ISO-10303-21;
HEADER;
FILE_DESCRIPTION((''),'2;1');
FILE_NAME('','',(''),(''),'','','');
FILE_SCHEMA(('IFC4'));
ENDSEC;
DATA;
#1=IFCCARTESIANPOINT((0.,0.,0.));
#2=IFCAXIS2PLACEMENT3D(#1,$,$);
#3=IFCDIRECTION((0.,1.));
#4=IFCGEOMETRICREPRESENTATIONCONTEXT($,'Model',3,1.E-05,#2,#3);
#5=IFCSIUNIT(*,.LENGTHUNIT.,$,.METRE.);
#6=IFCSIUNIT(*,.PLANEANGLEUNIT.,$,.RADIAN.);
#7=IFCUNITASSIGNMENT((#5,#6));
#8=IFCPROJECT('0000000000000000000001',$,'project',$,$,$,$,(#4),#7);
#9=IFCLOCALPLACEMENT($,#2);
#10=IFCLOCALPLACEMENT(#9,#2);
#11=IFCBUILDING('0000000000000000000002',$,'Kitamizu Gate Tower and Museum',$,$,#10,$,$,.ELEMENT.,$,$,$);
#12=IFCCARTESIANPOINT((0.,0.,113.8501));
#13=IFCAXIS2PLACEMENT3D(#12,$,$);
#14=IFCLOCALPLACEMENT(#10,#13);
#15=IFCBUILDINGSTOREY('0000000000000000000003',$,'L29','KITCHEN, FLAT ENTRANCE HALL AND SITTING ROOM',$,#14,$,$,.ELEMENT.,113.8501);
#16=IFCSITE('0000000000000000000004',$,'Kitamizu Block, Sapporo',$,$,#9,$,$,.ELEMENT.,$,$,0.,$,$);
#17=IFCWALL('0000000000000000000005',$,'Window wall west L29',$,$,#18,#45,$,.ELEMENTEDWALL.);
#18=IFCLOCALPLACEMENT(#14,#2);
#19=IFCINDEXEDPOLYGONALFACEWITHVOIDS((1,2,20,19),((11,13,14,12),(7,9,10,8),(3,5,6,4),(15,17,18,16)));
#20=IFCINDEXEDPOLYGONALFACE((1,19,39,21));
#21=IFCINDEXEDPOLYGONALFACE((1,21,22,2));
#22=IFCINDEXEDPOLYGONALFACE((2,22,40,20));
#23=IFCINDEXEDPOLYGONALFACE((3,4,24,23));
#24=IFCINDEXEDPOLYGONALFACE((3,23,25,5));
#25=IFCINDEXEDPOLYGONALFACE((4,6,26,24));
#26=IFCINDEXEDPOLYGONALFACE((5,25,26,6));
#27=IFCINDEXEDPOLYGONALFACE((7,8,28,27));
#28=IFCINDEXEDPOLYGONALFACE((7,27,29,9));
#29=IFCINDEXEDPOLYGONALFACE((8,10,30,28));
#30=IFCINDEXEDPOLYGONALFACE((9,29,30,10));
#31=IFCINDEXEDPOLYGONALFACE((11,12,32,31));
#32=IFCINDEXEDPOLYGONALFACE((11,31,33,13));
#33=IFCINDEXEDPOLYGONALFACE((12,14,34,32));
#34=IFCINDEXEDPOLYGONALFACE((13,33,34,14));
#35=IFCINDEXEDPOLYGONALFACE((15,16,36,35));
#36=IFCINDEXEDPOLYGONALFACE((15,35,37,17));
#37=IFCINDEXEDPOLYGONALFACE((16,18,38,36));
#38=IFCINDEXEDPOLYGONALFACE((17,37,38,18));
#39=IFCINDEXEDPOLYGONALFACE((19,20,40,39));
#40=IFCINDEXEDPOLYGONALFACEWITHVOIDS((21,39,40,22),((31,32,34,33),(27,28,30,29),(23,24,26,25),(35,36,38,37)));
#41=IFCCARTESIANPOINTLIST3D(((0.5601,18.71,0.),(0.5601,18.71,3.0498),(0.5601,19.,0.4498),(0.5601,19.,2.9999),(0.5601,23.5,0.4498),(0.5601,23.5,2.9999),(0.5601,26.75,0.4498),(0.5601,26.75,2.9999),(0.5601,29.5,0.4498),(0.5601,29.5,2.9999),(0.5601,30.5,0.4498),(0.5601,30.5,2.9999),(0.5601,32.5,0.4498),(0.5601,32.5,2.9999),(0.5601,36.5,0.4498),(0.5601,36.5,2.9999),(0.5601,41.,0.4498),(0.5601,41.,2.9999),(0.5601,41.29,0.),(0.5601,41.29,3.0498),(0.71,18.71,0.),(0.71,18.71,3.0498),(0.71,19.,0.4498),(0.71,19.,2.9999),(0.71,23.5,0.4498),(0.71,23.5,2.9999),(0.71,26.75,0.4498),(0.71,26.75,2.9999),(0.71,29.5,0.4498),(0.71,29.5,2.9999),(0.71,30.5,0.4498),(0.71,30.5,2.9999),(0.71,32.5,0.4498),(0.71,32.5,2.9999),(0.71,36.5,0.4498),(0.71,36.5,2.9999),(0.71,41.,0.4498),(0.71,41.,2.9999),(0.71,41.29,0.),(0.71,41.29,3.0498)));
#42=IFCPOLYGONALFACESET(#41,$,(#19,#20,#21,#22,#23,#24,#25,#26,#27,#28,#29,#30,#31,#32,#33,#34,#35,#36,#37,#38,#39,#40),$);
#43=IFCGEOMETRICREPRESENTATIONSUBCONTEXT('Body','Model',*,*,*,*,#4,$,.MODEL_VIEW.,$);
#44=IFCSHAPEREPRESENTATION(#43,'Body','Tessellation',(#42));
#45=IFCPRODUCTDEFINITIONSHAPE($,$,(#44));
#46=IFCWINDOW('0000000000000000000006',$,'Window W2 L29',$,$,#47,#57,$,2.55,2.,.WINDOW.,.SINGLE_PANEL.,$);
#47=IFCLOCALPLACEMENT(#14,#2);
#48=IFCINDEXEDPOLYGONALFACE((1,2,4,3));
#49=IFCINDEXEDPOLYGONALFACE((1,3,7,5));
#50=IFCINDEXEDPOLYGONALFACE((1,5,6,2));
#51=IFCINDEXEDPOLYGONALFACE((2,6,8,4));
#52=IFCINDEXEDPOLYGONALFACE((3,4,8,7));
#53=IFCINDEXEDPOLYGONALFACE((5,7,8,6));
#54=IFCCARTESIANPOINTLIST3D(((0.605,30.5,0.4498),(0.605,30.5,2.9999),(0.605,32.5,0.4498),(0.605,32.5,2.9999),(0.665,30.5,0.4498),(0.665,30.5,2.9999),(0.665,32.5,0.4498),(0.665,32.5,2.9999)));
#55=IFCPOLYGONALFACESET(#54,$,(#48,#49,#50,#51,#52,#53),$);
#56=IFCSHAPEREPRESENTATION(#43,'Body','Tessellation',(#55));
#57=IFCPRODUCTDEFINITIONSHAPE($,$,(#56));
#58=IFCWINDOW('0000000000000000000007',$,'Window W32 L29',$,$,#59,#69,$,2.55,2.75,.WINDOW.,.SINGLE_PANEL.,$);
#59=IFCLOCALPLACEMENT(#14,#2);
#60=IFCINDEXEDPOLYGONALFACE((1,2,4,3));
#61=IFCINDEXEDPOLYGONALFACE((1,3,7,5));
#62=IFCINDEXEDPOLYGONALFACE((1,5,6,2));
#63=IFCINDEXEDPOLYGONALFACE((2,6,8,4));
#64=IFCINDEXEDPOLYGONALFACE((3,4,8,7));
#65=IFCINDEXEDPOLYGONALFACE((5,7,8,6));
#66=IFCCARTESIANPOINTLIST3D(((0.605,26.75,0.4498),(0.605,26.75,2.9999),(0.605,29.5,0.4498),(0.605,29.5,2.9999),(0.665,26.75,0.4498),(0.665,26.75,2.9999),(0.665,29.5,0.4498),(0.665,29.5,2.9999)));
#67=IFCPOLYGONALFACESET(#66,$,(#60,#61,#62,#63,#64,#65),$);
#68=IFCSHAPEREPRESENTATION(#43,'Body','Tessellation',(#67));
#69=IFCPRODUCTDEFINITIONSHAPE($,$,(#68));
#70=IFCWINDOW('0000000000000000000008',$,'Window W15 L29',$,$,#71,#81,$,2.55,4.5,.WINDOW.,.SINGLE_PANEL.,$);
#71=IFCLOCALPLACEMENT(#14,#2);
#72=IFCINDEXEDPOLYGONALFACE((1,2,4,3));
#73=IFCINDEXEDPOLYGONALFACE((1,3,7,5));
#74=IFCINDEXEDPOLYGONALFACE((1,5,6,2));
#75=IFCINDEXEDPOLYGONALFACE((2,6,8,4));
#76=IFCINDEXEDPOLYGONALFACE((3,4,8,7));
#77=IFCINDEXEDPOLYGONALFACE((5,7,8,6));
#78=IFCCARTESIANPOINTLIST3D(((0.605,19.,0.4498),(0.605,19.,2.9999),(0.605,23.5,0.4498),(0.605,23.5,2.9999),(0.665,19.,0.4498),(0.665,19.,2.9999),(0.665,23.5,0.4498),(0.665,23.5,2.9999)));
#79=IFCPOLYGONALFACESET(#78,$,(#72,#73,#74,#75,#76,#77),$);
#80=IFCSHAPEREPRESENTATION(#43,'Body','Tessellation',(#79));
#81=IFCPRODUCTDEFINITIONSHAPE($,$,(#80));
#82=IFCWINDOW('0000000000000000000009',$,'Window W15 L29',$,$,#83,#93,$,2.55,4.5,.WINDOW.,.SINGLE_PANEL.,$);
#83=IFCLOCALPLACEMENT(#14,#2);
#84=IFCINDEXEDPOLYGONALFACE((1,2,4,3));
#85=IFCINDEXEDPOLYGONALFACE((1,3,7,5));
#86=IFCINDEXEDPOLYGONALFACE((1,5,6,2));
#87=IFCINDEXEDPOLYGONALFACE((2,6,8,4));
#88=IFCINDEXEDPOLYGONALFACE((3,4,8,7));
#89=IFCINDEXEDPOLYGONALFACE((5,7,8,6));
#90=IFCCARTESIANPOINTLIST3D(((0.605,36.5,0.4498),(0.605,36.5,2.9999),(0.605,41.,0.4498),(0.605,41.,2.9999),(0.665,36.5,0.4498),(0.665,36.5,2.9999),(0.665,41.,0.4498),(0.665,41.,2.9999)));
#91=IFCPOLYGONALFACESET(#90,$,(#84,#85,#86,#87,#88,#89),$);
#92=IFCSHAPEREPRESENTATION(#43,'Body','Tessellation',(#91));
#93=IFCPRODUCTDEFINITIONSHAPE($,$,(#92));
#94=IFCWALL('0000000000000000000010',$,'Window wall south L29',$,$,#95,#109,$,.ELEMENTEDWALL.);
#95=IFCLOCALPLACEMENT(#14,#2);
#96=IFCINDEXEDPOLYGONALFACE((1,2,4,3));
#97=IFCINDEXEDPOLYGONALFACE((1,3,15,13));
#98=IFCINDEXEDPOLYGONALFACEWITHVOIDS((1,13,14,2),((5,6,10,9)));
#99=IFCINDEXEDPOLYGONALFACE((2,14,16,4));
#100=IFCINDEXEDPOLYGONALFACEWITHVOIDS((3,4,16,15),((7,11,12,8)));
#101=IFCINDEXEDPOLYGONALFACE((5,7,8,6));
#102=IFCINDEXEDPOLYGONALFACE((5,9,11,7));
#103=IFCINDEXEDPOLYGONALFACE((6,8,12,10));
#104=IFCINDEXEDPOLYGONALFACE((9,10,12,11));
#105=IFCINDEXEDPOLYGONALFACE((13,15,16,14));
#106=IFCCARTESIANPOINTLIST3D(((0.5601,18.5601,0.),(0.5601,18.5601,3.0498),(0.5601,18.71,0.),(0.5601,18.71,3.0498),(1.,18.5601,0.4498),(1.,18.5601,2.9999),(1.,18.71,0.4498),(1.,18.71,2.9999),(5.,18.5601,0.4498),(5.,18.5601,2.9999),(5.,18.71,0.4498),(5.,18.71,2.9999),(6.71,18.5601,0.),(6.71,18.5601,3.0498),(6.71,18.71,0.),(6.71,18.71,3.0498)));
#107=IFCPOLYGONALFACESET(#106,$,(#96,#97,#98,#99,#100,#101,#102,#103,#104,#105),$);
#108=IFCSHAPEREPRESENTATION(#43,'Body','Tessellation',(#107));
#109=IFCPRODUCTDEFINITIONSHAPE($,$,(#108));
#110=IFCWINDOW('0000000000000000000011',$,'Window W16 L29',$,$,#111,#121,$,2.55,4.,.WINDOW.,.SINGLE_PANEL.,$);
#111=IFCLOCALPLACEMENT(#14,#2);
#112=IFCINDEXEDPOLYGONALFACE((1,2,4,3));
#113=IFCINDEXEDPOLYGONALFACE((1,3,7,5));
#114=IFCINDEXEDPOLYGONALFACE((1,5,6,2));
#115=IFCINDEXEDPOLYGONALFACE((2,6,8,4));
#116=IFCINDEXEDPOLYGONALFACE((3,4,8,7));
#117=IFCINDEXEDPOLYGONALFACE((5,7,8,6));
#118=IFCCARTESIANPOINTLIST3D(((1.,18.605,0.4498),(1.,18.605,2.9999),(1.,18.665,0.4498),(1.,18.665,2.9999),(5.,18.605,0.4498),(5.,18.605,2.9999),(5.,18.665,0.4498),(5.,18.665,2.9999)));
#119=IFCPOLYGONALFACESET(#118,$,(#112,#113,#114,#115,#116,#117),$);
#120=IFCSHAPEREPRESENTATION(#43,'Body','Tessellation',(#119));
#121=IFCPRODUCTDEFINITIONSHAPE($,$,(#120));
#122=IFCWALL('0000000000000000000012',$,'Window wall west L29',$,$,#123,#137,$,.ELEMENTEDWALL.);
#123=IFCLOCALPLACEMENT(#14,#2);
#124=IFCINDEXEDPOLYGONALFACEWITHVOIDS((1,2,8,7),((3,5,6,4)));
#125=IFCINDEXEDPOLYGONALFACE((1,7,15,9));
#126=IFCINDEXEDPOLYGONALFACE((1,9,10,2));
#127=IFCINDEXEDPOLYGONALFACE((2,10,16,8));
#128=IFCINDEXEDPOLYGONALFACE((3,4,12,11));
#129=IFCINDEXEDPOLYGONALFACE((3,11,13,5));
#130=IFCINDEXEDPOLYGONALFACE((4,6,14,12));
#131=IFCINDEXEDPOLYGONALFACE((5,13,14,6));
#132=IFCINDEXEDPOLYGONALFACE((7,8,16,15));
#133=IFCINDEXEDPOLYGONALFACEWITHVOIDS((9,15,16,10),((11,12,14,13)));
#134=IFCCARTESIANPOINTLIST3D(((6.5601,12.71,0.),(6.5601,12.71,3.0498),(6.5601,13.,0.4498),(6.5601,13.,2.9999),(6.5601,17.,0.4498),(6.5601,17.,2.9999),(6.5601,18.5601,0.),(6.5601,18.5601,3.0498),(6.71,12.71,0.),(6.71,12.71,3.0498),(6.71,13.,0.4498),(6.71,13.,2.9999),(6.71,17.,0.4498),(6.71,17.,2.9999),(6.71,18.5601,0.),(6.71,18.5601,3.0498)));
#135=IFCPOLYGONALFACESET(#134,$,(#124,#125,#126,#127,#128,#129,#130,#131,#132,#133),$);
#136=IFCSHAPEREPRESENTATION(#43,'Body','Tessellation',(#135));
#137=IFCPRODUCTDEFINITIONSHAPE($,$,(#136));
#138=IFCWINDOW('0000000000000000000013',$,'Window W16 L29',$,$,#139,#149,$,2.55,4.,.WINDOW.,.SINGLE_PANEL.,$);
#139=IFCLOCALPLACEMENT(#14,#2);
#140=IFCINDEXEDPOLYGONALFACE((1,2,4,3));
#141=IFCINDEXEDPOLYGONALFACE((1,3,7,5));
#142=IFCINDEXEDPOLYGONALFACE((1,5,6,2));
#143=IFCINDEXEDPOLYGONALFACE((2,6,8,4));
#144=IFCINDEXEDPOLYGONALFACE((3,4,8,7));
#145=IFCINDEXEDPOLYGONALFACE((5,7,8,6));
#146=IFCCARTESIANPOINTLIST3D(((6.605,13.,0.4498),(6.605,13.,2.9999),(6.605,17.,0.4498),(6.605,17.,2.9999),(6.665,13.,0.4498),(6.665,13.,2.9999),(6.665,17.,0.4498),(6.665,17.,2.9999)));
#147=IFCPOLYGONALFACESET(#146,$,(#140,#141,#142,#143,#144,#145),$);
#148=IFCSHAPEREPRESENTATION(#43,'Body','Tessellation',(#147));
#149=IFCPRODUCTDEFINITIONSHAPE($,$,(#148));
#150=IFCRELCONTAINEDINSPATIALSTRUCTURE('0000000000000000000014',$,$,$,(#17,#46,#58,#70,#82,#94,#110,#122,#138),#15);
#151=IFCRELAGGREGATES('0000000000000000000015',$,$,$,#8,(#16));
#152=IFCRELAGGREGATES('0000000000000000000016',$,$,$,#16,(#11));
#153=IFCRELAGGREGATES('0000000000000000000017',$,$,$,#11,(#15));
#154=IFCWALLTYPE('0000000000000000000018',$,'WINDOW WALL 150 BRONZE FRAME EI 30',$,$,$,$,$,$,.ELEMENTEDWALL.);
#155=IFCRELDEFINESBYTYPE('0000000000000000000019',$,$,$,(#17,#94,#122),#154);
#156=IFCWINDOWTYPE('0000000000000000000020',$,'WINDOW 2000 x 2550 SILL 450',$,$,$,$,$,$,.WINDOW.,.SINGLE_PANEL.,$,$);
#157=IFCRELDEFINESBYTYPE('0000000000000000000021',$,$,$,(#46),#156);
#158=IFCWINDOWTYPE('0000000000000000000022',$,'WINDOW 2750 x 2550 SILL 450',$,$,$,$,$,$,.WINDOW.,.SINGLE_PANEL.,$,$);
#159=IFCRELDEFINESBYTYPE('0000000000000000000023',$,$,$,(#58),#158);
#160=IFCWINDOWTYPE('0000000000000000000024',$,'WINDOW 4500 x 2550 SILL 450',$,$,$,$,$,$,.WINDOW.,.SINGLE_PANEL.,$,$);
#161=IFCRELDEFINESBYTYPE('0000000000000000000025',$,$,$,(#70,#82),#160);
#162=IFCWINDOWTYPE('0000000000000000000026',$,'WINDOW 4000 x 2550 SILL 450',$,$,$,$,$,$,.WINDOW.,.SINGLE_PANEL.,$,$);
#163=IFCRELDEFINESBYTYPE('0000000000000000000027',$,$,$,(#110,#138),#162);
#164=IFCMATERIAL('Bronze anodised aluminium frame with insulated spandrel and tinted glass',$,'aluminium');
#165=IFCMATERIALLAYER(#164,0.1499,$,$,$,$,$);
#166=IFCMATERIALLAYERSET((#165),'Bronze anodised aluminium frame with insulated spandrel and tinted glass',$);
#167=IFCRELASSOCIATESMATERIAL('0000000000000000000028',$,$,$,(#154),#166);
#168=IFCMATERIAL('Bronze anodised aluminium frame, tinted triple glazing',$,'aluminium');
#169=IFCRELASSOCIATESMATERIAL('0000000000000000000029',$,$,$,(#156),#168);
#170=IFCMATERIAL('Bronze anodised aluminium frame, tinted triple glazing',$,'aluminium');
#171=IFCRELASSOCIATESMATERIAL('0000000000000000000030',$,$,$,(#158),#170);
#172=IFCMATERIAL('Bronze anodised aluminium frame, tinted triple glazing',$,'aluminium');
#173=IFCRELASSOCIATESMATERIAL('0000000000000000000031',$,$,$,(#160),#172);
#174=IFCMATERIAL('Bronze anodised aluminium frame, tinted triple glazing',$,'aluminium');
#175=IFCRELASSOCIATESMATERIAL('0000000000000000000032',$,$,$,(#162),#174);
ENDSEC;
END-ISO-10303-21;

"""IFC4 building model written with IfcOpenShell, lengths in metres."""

from ifc_helpers import new_model, si_unit, direction, frame, frame_2d, origin, place, context, subcontext, project, spatial, rectangle, extrude, material, layer, layer_set, type_object, element, fill, save


model = new_model("IFC4")

# Units and contexts
model_context = context("Model", 3, precision=1e-05, world=origin(), true_north=direction((0.0, 1.0)))
body_context = subcontext(model_context, "Body", "Model", "MODEL_VIEW")
ifc_project = project(units=[si_unit("LENGTHUNIT", "METRE"), si_unit("PLANEANGLEUNIT", "RADIAN")], contexts=[model_context])

# Site, building, storey
site_placement = place(None, origin())
site = spatial("IfcSite", under=ifc_project, at=site_placement, Name="Kitamizu Block, Sapporo", CompositionType="ELEMENT", RefElevation=0.0)
building_placement = place(site_placement, origin())
building = spatial("IfcBuilding", under=site, at=building_placement, Name="Kitamizu Gate Tower and Museum", CompositionType="ELEMENT")
storey_placement = place(building_placement, frame((0.0, 0.0, 113.8501)))
storey = spatial("IfcBuildingStorey", under=building, at=storey_placement, Name="L29", Description="KITCHEN, FLAT ENTRANCE HALL AND SITTING ROOM", CompositionType="ELEMENT", Elevation=113.8501)

# Wall, openings, windows
ifc_material_1 = material(Name="Bronze anodised aluminium frame with insulated spandrel and tinted glass", Category="aluminium")
ifc_layer = layer(ifc_material_1, 0.1499)
ifc_layer_set = layer_set([ifc_layer], Name="Bronze anodised aluminium frame with insulated spandrel and tinted glass")
wall_type = type_object("IfcWallType", Name="WINDOW WALL 150 BRONZE FRAME EI 30", PredefinedType="ELEMENTEDWALL", material=ifc_layer_set)
ifc_material_2 = material(Name="Bronze anodised aluminium frame, tinted triple glazing", Category="aluminium")
window_type_1 = type_object("IfcWindowType", Name="WINDOW 2000 x 2550 SILL 450", PartitioningType="SINGLE_PANEL", PredefinedType="WINDOW", material=ifc_material_2)
ifc_material_3 = material(Name="Bronze anodised aluminium frame, tinted triple glazing", Category="aluminium")
window_type_2 = type_object("IfcWindowType", Name="WINDOW 2750 x 2550 SILL 450", PartitioningType="SINGLE_PANEL", PredefinedType="WINDOW", material=ifc_material_3)
ifc_material_4 = material(Name="Bronze anodised aluminium frame, tinted triple glazing", Category="aluminium")
window_type_3 = type_object("IfcWindowType", Name="WINDOW 4500 x 2550 SILL 450", PartitioningType="SINGLE_PANEL", PredefinedType="WINDOW", material=ifc_material_4)
wall_1_placement = place(storey_placement, frame((0.635, 18.71, 0.0), z_axis=(0.0, 0.0, 1.0), x_axis=(0.0, 1.0, 0.0)))
wall_1 = element("IfcWall", 1, at=wall_1_placement, inside=storey, type_object=wall_type, Name="Window wall west L29", PredefinedType="ELEMENTEDWALL", context=body_context, shape_type="SweptSolid", body=[
    extrude(rectangle(XDim=22.5801, YDim=0.1499, at=frame_2d((11.29, 0.0))), origin(), (0.0, 0.0, 1.0), 3.0498),
])
opening_1_placement = place(wall_1_placement, frame((0.29, 0.0, 0.45)))
opening_1 = element("IfcOpeningElement", 2, at=opening_1_placement, cuts=wall_1, PredefinedType="OPENING", context=body_context, shape_type="SweptSolid", body=[
    extrude(rectangle(XDim=4.5, YDim=2.55, at=frame_2d((2.25, 1.2749))), frame((0.0, 0.085, 0.0), z_axis=(0.0, -1.0, 0.0), x_axis=(1.0, 0.0, 0.0)), (0.0, 0.0, 1.0), 0.1699),
])
opening_2_placement = place(wall_1_placement, frame((8.04, 0.0, 0.45)))
opening_2 = element("IfcOpeningElement", 3, at=opening_2_placement, cuts=wall_1, PredefinedType="OPENING", context=body_context, shape_type="SweptSolid", body=[
    extrude(rectangle(XDim=2.75, YDim=2.55, at=frame_2d((1.375, 1.2749))), frame((0.0, 0.085, 0.0), z_axis=(0.0, -1.0, 0.0), x_axis=(1.0, 0.0, 0.0)), (0.0, 0.0, 1.0), 0.1699),
])
opening_3_placement = place(wall_1_placement, frame((11.79, 0.0, 0.45)))
opening_3 = element("IfcOpeningElement", 4, at=opening_3_placement, cuts=wall_1, PredefinedType="OPENING", context=body_context, shape_type="SweptSolid", body=[
    extrude(rectangle(XDim=2.0, YDim=2.55, at=frame_2d((1.0, 1.2749))), frame((0.0, 0.085, 0.0), z_axis=(0.0, -1.0, 0.0), x_axis=(1.0, 0.0, 0.0)), (0.0, 0.0, 1.0), 0.1699),
])
opening_4_placement = place(wall_1_placement, frame((17.79, 0.0, 0.45)))
opening_4 = element("IfcOpeningElement", 5, at=opening_4_placement, cuts=wall_1, PredefinedType="OPENING", context=body_context, shape_type="SweptSolid", body=[
    extrude(rectangle(XDim=4.5, YDim=2.55, at=frame_2d((2.25, 1.2749))), frame((0.0, 0.085, 0.0), z_axis=(0.0, -1.0, 0.0), x_axis=(1.0, 0.0, 0.0)), (0.0, 0.0, 1.0), 0.1699),
])
window_1_placement = place(opening_3_placement, origin())
window_1 = element("IfcWindow", 6, at=window_1_placement, inside=storey, type_object=window_type_1, Name="Window W2 L29", OverallHeight=2.55, OverallWidth=2.0, PartitioningType="SINGLE_PANEL", PredefinedType="WINDOW", context=body_context, shape_type="SweptSolid", body=[
    extrude(rectangle(XDim=2.0, YDim=2.55, at=frame_2d((1.0, 1.2749))), frame((0.0, 0.03, 0.0), z_axis=(0.0, -1.0, 0.0), x_axis=(1.0, 0.0, 0.0)), (0.0, 0.0, 1.0), 0.0601),
])
fill(opening_3, window_1)
window_2_placement = place(opening_2_placement, origin())
window_2 = element("IfcWindow", 7, at=window_2_placement, inside=storey, type_object=window_type_2, Name="Window W32 L29", OverallHeight=2.55, OverallWidth=2.75, PartitioningType="SINGLE_PANEL", PredefinedType="WINDOW", context=body_context, shape_type="SweptSolid", body=[
    extrude(rectangle(XDim=2.75, YDim=2.55, at=frame_2d((1.375, 1.2749))), frame((0.0, 0.03, 0.0), z_axis=(0.0, -1.0, 0.0), x_axis=(1.0, 0.0, 0.0)), (0.0, 0.0, 1.0), 0.0601),
])
fill(opening_2, window_2)
window_3_placement = place(opening_1_placement, origin())
window_3 = element("IfcWindow", 8, at=window_3_placement, inside=storey, type_object=window_type_3, Name="Window W15 L29", OverallHeight=2.55, OverallWidth=4.5, PartitioningType="SINGLE_PANEL", PredefinedType="WINDOW", context=body_context, shape_type="SweptSolid", body=[
    extrude(rectangle(XDim=4.5, YDim=2.55, at=frame_2d((2.25, 1.2749))), frame((0.0, 0.03, 0.0), z_axis=(0.0, -1.0, 0.0), x_axis=(1.0, 0.0, 0.0)), (0.0, 0.0, 1.0), 0.0601),
])
fill(opening_1, window_3)
window_4_placement = place(opening_4_placement, origin())
window_4 = element("IfcWindow", 9, at=window_4_placement, inside=storey, type_object=window_type_3, Name="Window W15 L29", OverallHeight=2.55, OverallWidth=4.5, PartitioningType="SINGLE_PANEL", PredefinedType="WINDOW", context=body_context, shape_type="SweptSolid", body=[
    extrude(rectangle(XDim=4.5, YDim=2.55, at=frame_2d((2.25, 1.2749))), frame((0.0, 0.03, 0.0), z_axis=(0.0, -1.0, 0.0), x_axis=(1.0, 0.0, 0.0)), (0.0, 0.0, 1.0), 0.0601),
])
fill(opening_4, window_4)

# Walls, openings, windows
wall_2_placement = place(storey_placement, frame((0.5601, 18.635, 0.0), z_axis=(0.0, 0.0, 1.0), x_axis=(1.0, 0.0, 0.0)))
wall_2 = element("IfcWall", 10, at=wall_2_placement, inside=storey, type_object=wall_type, Name="Window wall south L29", PredefinedType="ELEMENTEDWALL", context=body_context, shape_type="SweptSolid", body=[
    extrude(rectangle(XDim=6.1499, YDim=0.1499, at=frame_2d((3.075, 0.0))), origin(), (0.0, 0.0, 1.0), 3.0498),
])
opening_5_placement = place(wall_2_placement, frame((0.4399, 0.0, 0.45)))
opening_5 = element("IfcOpeningElement", 11, at=opening_5_placement, cuts=wall_2, PredefinedType="OPENING", context=body_context, shape_type="SweptSolid", body=[
    extrude(rectangle(XDim=4.0, YDim=2.55, at=frame_2d((2.0, 1.2749))), frame((0.0, 0.085, 0.0), z_axis=(0.0, -1.0, 0.0), x_axis=(1.0, 0.0, 0.0)), (0.0, 0.0, 1.0), 0.1699),
])
ifc_material_5 = material(Name="Bronze anodised aluminium frame, tinted triple glazing", Category="aluminium")
window_type_4 = type_object("IfcWindowType", Name="WINDOW 4000 x 2550 SILL 450", PartitioningType="SINGLE_PANEL", PredefinedType="WINDOW", material=ifc_material_5)
window_5_placement = place(opening_5_placement, origin())
window_5 = element("IfcWindow", 12, at=window_5_placement, inside=storey, type_object=window_type_4, Name="Window W16 L29", OverallHeight=2.55, OverallWidth=4.0, PartitioningType="SINGLE_PANEL", PredefinedType="WINDOW", context=body_context, shape_type="SweptSolid", body=[
    extrude(rectangle(XDim=4.0, YDim=2.55, at=frame_2d((2.0, 1.2749))), frame((0.0, 0.03, 0.0), z_axis=(0.0, -1.0, 0.0), x_axis=(1.0, 0.0, 0.0)), (0.0, 0.0, 1.0), 0.0601),
])
fill(opening_5, window_5)
wall_3_placement = place(storey_placement, frame((6.635, 12.71, 0.0), z_axis=(0.0, 0.0, 1.0), x_axis=(0.0, 1.0, 0.0)))
wall_3 = element("IfcWall", 13, at=wall_3_placement, inside=storey, type_object=wall_type, Name="Window wall west L29", PredefinedType="ELEMENTEDWALL", context=body_context, shape_type="SweptSolid", body=[
    extrude(rectangle(XDim=5.8501, YDim=0.1499, at=frame_2d((2.925, 0.0))), origin(), (0.0, 0.0, 1.0), 3.0498),
])
opening_6_placement = place(wall_3_placement, frame((0.29, 0.0, 0.45)))
opening_6 = element("IfcOpeningElement", 14, at=opening_6_placement, cuts=wall_3, PredefinedType="OPENING", context=body_context, shape_type="SweptSolid", body=[
    extrude(rectangle(XDim=4.0, YDim=2.55, at=frame_2d((2.0, 1.2749))), frame((0.0, 0.085, 0.0), z_axis=(0.0, -1.0, 0.0), x_axis=(1.0, 0.0, 0.0)), (0.0, 0.0, 1.0), 0.1699),
])
window_6_placement = place(opening_6_placement, origin())
window_6 = element("IfcWindow", 15, at=window_6_placement, inside=storey, type_object=window_type_4, Name="Window W16 L29", OverallHeight=2.55, OverallWidth=4.0, PartitioningType="SINGLE_PANEL", PredefinedType="WINDOW", context=body_context, shape_type="SweptSolid", body=[
    extrude(rectangle(XDim=4.0, YDim=2.55, at=frame_2d((2.0, 1.2749))), frame((0.0, 0.03, 0.0), z_axis=(0.0, -1.0, 0.0), x_axis=(1.0, 0.0, 0.0)), (0.0, 0.0, 1.0), 0.0601),
])
fill(opening_6, window_6)

save(model, "model.ifc")
